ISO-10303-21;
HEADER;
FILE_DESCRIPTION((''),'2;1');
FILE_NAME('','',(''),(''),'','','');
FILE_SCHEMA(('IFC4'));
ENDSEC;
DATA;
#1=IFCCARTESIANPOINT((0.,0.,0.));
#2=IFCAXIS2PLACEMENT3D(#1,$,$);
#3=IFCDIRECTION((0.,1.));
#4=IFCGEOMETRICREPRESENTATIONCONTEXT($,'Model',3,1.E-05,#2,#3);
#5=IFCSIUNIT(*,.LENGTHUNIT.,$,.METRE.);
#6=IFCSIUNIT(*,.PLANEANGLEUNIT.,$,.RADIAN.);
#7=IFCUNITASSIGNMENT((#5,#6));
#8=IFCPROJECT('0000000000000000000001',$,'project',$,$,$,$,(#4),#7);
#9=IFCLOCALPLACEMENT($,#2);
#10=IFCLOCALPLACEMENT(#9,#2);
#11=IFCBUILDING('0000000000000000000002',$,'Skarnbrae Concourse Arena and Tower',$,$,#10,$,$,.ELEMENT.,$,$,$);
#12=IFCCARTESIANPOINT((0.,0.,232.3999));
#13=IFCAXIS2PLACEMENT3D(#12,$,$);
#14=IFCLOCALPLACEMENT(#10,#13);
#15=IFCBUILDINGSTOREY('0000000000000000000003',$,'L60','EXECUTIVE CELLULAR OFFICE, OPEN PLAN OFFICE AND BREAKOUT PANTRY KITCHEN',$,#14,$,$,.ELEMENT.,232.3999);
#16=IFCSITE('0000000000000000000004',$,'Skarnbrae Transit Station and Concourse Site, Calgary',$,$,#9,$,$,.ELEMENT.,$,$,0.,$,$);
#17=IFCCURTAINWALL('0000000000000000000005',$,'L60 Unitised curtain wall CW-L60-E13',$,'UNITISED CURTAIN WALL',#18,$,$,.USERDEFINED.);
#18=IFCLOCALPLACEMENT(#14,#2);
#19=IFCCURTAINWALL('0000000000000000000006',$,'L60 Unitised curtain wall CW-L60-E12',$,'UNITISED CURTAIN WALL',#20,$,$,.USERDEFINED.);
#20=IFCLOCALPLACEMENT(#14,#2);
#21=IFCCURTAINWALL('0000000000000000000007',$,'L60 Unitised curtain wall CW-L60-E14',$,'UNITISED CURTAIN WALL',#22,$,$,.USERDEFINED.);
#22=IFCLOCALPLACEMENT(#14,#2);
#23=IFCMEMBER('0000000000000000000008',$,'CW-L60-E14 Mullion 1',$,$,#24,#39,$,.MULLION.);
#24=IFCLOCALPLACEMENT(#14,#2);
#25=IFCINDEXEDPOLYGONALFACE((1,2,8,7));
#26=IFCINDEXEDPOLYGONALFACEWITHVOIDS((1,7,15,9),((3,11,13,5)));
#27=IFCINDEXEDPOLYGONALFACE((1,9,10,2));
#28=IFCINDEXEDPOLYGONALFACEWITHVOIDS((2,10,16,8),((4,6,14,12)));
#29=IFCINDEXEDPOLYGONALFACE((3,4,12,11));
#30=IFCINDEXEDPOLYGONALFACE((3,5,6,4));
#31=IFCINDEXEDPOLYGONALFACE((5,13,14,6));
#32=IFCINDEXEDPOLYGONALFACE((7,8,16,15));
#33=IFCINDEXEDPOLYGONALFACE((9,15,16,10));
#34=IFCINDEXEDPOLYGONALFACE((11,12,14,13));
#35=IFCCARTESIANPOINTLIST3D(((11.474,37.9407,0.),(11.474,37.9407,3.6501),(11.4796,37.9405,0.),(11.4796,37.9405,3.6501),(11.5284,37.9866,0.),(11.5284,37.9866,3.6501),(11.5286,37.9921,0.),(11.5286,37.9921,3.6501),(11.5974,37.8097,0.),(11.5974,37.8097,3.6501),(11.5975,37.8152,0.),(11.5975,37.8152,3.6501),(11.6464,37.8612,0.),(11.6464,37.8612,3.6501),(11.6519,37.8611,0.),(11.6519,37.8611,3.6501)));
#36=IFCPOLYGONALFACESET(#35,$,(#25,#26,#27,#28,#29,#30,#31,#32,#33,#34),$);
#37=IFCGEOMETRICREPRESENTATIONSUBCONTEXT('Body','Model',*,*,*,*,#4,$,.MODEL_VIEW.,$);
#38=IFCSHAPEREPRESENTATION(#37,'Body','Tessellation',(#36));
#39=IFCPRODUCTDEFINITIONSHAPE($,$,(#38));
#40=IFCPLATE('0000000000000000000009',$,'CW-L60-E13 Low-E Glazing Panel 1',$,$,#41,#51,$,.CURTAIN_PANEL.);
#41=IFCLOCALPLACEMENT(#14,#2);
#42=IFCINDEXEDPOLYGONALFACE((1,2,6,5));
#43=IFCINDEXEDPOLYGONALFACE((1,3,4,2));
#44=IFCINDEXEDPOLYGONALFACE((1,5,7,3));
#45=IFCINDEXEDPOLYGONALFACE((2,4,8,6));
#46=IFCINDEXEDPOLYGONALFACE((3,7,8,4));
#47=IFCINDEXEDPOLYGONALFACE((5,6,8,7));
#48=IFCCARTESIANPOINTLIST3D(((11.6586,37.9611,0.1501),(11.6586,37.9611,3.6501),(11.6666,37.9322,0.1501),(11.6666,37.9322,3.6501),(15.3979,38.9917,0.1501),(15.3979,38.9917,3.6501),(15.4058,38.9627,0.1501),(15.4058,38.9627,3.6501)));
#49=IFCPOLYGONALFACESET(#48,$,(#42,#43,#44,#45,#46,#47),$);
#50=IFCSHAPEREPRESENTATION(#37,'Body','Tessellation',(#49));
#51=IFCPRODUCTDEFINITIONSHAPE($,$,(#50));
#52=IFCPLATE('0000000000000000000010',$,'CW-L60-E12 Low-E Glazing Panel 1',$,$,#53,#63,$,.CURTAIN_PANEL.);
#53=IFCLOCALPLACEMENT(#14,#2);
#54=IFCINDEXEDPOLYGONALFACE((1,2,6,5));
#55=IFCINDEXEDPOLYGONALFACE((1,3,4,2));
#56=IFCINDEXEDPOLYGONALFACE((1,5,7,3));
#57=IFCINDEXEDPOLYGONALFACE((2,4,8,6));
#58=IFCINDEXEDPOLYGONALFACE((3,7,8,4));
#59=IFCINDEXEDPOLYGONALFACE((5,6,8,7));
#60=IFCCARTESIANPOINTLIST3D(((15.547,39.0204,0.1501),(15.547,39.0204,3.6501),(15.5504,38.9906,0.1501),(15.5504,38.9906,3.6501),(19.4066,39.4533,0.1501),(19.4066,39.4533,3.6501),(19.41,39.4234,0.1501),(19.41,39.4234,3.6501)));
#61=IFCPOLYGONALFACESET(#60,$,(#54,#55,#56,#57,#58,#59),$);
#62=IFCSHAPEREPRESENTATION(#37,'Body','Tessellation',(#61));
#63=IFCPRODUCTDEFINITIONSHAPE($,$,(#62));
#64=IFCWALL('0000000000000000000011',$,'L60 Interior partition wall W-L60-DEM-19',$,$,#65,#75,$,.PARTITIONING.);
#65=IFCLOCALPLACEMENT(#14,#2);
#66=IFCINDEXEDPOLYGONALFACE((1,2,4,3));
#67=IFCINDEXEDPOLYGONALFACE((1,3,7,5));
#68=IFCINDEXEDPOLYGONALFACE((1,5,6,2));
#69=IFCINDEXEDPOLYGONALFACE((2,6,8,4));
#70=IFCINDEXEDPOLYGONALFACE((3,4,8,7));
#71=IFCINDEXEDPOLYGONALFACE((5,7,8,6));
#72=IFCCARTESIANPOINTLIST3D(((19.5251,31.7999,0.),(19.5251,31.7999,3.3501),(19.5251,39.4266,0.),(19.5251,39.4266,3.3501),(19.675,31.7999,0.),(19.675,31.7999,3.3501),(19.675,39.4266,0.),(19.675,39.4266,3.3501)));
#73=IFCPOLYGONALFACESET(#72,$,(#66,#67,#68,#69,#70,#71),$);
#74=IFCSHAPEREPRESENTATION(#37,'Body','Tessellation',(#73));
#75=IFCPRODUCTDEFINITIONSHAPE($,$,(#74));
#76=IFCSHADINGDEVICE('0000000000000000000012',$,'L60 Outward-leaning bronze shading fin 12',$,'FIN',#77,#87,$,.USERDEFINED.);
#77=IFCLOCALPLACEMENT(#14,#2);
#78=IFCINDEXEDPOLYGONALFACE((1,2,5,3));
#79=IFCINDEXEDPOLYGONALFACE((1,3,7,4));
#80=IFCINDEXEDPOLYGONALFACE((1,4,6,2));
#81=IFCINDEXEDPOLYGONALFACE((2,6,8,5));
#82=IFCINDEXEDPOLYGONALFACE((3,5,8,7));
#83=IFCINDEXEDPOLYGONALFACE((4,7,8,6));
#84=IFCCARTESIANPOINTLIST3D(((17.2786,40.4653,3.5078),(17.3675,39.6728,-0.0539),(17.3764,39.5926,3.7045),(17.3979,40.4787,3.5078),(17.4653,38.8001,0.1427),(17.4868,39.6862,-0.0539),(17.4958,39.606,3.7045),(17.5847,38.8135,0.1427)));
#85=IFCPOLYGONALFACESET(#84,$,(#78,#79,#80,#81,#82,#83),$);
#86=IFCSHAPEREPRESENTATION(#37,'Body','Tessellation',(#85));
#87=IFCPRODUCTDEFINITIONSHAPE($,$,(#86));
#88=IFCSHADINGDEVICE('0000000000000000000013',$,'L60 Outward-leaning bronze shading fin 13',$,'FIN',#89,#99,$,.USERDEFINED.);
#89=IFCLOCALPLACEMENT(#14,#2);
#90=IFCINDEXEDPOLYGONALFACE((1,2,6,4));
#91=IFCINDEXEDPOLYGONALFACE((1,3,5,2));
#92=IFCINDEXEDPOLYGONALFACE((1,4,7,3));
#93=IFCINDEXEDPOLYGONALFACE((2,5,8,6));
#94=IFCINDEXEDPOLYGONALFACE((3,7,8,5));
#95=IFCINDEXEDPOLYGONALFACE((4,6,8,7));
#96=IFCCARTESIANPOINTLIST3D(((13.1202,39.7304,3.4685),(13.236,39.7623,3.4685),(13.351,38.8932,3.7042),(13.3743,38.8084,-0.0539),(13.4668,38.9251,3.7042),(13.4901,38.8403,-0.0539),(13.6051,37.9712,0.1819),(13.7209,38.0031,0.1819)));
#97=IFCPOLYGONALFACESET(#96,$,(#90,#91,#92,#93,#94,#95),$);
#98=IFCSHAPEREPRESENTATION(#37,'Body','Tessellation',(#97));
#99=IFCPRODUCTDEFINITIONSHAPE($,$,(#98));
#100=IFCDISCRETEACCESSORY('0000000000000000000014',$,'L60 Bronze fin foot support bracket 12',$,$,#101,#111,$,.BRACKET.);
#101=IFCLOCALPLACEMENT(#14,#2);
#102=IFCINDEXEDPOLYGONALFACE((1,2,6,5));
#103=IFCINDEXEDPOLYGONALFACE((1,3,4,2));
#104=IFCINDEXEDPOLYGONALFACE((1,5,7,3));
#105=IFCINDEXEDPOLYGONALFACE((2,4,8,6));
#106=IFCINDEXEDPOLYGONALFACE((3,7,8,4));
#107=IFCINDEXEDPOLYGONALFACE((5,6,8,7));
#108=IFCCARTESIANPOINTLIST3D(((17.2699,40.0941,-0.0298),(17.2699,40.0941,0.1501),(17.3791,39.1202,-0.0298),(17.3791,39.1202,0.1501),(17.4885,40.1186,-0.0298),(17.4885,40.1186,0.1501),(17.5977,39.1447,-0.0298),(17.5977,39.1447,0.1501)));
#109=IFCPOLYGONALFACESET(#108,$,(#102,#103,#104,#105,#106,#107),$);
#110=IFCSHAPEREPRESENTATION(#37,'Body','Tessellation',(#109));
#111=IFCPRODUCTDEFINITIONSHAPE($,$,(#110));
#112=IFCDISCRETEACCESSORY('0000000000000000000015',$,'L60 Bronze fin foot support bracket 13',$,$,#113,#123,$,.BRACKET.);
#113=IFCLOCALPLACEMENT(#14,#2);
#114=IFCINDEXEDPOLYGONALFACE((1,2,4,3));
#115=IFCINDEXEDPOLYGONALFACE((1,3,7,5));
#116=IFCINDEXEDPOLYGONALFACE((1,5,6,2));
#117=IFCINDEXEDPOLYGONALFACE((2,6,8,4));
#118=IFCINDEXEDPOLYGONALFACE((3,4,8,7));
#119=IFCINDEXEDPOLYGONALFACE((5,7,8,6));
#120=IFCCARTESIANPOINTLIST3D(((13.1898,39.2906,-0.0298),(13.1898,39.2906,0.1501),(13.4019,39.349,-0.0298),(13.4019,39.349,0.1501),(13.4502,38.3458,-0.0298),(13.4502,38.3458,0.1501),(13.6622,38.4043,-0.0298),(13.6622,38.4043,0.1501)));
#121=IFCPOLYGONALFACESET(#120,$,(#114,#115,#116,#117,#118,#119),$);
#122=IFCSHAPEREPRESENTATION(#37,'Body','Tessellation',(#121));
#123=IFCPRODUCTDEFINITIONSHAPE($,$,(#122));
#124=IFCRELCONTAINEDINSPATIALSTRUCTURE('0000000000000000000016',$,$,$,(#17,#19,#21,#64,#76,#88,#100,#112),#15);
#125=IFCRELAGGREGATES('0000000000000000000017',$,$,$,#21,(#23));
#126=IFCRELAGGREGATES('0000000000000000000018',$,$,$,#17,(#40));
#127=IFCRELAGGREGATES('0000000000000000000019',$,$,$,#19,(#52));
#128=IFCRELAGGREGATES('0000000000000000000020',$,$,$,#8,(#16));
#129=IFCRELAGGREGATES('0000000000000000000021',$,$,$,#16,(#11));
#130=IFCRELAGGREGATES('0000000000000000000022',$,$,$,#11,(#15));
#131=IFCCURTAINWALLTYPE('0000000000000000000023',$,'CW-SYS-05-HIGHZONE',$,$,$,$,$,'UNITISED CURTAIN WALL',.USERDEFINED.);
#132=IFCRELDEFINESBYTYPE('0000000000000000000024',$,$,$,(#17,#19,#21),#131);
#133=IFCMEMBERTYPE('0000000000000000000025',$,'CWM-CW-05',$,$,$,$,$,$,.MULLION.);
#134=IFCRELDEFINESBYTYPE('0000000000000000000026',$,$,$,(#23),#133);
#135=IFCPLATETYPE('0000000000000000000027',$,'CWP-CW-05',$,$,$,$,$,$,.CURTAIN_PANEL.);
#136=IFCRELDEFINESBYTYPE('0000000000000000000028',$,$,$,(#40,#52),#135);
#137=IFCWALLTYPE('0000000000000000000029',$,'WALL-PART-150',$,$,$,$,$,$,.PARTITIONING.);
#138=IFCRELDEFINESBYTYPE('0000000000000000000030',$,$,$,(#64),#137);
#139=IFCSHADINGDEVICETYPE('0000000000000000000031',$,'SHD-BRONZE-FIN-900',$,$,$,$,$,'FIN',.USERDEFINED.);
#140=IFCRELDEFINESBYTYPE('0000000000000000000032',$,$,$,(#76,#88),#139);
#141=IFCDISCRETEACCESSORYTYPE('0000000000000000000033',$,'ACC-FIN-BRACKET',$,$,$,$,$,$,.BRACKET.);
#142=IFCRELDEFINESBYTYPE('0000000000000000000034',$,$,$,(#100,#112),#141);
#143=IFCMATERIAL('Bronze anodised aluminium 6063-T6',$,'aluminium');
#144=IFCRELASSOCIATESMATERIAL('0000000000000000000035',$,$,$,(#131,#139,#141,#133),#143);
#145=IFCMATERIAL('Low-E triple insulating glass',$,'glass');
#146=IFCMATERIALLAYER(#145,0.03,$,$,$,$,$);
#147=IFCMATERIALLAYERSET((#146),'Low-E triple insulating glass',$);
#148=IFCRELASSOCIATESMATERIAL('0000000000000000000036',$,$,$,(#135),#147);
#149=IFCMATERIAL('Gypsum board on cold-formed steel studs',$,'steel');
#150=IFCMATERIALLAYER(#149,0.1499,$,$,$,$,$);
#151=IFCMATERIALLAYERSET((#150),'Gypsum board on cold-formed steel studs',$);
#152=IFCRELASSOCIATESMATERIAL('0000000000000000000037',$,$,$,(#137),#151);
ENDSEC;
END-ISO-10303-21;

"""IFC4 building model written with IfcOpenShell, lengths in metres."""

from ifc_helpers import new_model, si_unit, direction, frame, frame_2d, origin, origin_2d, place, context, subcontext, project, spatial, rectangle, hollow_rectangle, extrude, source, transform, mapped, material, layer, layer_set, material_profile, profile_set, type_object, element, aggregate, save


model = new_model("IFC4")

# Units and contexts
model_context = context("Model", 3, precision=1e-05, world=origin(), true_north=direction((0.0, 1.0)))
body_context = subcontext(model_context, "Body", "Model", "MODEL_VIEW")
ifc_project = project(units=[si_unit("LENGTHUNIT", "METRE"), si_unit("PLANEANGLEUNIT", "RADIAN")], contexts=[model_context])

# Site, building, storey
site_placement = place(None, origin())
site = spatial("IfcSite", under=ifc_project, at=site_placement, Name="Skarnbrae Transit Station and Concourse Site, Calgary", CompositionType="ELEMENT", RefElevation=0.0)
building_placement = place(site_placement, origin())
building = spatial("IfcBuilding", under=site, at=building_placement, Name="Skarnbrae Concourse Arena and Tower", CompositionType="ELEMENT")
storey_placement = place(building_placement, frame((0.0, 0.0, 232.3999)))
storey = spatial("IfcBuildingStorey", under=building, at=storey_placement, Name="L60", Description="EXECUTIVE CELLULAR OFFICE, OPEN PLAN OFFICE AND BREAKOUT PANTRY KITCHEN", CompositionType="ELEMENT", Elevation=232.3999)

# Curtain walls
ifc_material_1 = material(Name="Bronze anodised aluminium 6063-T6", Category="aluminium")
curtain_wall_type = type_object("IfcCurtainWallType", Name="CW-SYS-05-HIGHZONE", ElementType="UNITISED CURTAIN WALL", PredefinedType="USERDEFINED", material=ifc_material_1)
curtain_wall_1_placement = place(storey_placement, origin())
curtain_wall_1 = element("IfcCurtainWall", 1, at=curtain_wall_1_placement, inside=storey, type_object=curtain_wall_type, Name="L60 Unitised curtain wall CW-L60-E13", ObjectType="UNITISED CURTAIN WALL", PredefinedType="USERDEFINED")
curtain_wall_2_placement = place(storey_placement, origin())
curtain_wall_2 = element("IfcCurtainWall", 2, at=curtain_wall_2_placement, inside=storey, type_object=curtain_wall_type, Name="L60 Unitised curtain wall CW-L60-E12", ObjectType="UNITISED CURTAIN WALL", PredefinedType="USERDEFINED")
ifc_material_profile_1 = material_profile(ifc_material_1, hollow_rectangle(XDim=0.075, YDim=0.1799, WallThickness=0.0039, at=origin_2d()), Name="ALU-MULL-75X180")
ifc_profile_set_1 = profile_set([ifc_material_profile_1], Name="Bronze anodised aluminium 6063-T6")
member_type_1 = type_object("IfcMemberType", Name="CWM-CW-05", PredefinedType="MULLION", material=ifc_profile_set_1)
shared_shape_1 = source(origin(), body_context, "Body", "SweptSolid", [
    extrude(hollow_rectangle(XDim=0.075, YDim=0.1799, WallThickness=0.0039, at=origin_2d()), origin(), (0.0, 0.0, 1.0), 3.6501),
])

# Curtain wall, member
curtain_wall_3_placement = place(storey_placement, origin())
curtain_wall_3 = element("IfcCurtainWall", 3, at=curtain_wall_3_placement, inside=storey, type_object=curtain_wall_type, Name="L60 Unitised curtain wall CW-L60-E14", ObjectType="UNITISED CURTAIN WALL", PredefinedType="USERDEFINED")
member_1_placement = place(storey_placement, frame((11.563, 37.9009, 0.0), z_axis=(0.0, 0.0, 1.0), x_axis=(-0.728131, -0.685438, 0.0)))
member_1 = element("IfcMember", 4, at=member_1_placement, type_object=member_type_1, Name="CW-L60-E14 Mullion 1", PredefinedType="MULLION", context=body_context, shape_type="MappedRepresentation", body=[
    mapped(shared_shape_1, transform((0.0, 0.0, 0.0))),
])
aggregate(curtain_wall_3, [member_1])

# Plates
ifc_material_2 = material(Name="Low-E triple insulating glass", Category="glass")
ifc_layer_1 = layer(ifc_material_2, 0.03)
ifc_layer_set_1 = layer_set([ifc_layer_1], Name="Low-E triple insulating glass")
plate_type = type_object("IfcPlateType", Name="CWP-CW-05", PredefinedType="CURTAIN_PANEL", material=ifc_layer_set_1)
shared_shape_2 = source(origin(), body_context, "Body", "SweptSolid", [
    extrude(rectangle(XDim=3.8787, YDim=0.03, at=origin_2d()), origin(), (0.0, 0.0, 1.0), 3.5),
])
plate_1_placement = place(storey_placement, frame((13.5322, 38.4619, 0.1501), z_axis=(0.0, 0.0, 1.0), x_axis=(-0.964057, -0.265694, 0.0)))
plate_1 = element("IfcPlate", 5, at=plate_1_placement, type_object=plate_type, Name="CW-L60-E13 Low-E Glazing Panel 1", PredefinedType="CURTAIN_PANEL", context=body_context, shape_type="MappedRepresentation", body=[
    mapped(shared_shape_2, transform((0.0, 0.0, 0.0))),
])
aggregate(curtain_wall_1, [plate_1])
shared_shape_3 = source(origin(), body_context, "Body", "SweptSolid", [
    extrude(rectangle(XDim=3.8838, YDim=0.03, at=origin_2d()), origin(), (0.0, 0.0, 1.0), 3.5),
])
plate_2_placement = place(storey_placement, frame((17.4785, 39.2219, 0.1501), z_axis=(0.0, 0.0, 1.0), x_axis=(-0.993769, -0.11146, 0.0)))
plate_2 = element("IfcPlate", 6, at=plate_2_placement, type_object=plate_type, Name="CW-L60-E12 Low-E Glazing Panel 1", PredefinedType="CURTAIN_PANEL", context=body_context, shape_type="MappedRepresentation", body=[
    mapped(shared_shape_3, transform((0.0, 0.0, 0.0))),
])
aggregate(curtain_wall_2, [plate_2])

# Wall
ifc_material_3 = material(Name="Gypsum board on cold-formed steel studs", Category="steel")
ifc_layer_2 = layer(ifc_material_3, 0.1499)
ifc_layer_set_2 = layer_set([ifc_layer_2], Name="Gypsum board on cold-formed steel studs")
wall_type = type_object("IfcWallType", Name="WALL-PART-150", PredefinedType="PARTITIONING", material=ifc_layer_set_2)
shared_shape_4 = source(origin(), body_context, "Body", "SweptSolid", [
    extrude(rectangle(XDim=7.6267, YDim=0.1499, at=frame_2d((3.8135, 0.0))), origin(), (0.0, 0.0, 1.0), 3.3501),
])
wall_placement = place(storey_placement, frame((19.6001, 39.4268, 0.0), z_axis=(0.0, 0.0, 1.0), x_axis=(0.0, -1.0, 0.0)))
element("IfcWall", 7, at=wall_placement, inside=storey, type_object=wall_type, Name="L60 Interior partition wall W-L60-DEM-19", PredefinedType="PARTITIONING", context=body_context, shape_type="MappedRepresentation", body=[
    mapped(shared_shape_4, transform((0.0, 0.0, 0.0))),
])

# Shading devices
shading_device_type = type_object("IfcShadingDeviceType", Name="SHD-BRONZE-FIN-900", ElementType="FIN", PredefinedType="USERDEFINED", material=ifc_material_1)
shared_shape_5 = source(origin(), body_context, "Body", "SweptSolid", [
    extrude(rectangle(XDim=0.1201, YDim=0.8999, at=origin_2d()), origin(), (0.0, 0.0, 1.0), 3.6499),
])
for number, where, z_axis, x_axis, name in (
    (8, (17.4761, 39.2432, 0.0444), (-0.02435, 0.217123, 0.975841), (0.99377, 0.111452, 0.0), "L60 Outward-leaning bronze shading fin 12"),
    (9, (13.5476, 38.4058, 0.064), (-0.069616, 0.252603, 0.965062), (0.964058, 0.265691, 0.0), "L60 Outward-leaning bronze shading fin 13"),
):
    element("IfcShadingDevice", number, at=place(storey_placement, frame(where, z_axis=z_axis, x_axis=x_axis)), inside=storey, type_object=shading_device_type, Name=name, ObjectType="FIN", PredefinedType="USERDEFINED", context=body_context, shape_type="MappedRepresentation", body=[
        mapped(shared_shape_5, transform((0.0, 0.0, 0.0))),
    ])

# Discrete accessories
discrete_accessory_type = type_object("IfcDiscreteAccessoryType", Name="ACC-FIN-BRACKET", PredefinedType="BRACKET", material=ifc_material_1)
shared_shape_6 = source(origin(), body_context, "Body", "SweptSolid", [
    extrude(rectangle(XDim=0.22, YDim=0.98, at=origin_2d()), origin(), (0.0, 0.0, 1.0), 0.1799),
])
for number, where, z_axis, x_axis, name in (
    (10, (17.4338, 39.6194, -0.0298), (0.0, 0.0, 1.0), (0.99377, 0.111452, 0.0), "L60 Bronze fin foot support bracket 12"),
    (11, (13.426, 38.8474, -0.0298), (0.0, 0.0, 1.0), (0.964058, 0.265691, 0.0), "L60 Bronze fin foot support bracket 13"),
):
    element("IfcDiscreteAccessory", number, at=place(storey_placement, frame(where, z_axis=z_axis, x_axis=x_axis)), inside=storey, type_object=discrete_accessory_type, Name=name, PredefinedType="BRACKET", context=body_context, shape_type="MappedRepresentation", body=[
        mapped(shared_shape_6, transform((0.0, 0.0, 0.0))),
    ])

save(model, "model.ifc")
